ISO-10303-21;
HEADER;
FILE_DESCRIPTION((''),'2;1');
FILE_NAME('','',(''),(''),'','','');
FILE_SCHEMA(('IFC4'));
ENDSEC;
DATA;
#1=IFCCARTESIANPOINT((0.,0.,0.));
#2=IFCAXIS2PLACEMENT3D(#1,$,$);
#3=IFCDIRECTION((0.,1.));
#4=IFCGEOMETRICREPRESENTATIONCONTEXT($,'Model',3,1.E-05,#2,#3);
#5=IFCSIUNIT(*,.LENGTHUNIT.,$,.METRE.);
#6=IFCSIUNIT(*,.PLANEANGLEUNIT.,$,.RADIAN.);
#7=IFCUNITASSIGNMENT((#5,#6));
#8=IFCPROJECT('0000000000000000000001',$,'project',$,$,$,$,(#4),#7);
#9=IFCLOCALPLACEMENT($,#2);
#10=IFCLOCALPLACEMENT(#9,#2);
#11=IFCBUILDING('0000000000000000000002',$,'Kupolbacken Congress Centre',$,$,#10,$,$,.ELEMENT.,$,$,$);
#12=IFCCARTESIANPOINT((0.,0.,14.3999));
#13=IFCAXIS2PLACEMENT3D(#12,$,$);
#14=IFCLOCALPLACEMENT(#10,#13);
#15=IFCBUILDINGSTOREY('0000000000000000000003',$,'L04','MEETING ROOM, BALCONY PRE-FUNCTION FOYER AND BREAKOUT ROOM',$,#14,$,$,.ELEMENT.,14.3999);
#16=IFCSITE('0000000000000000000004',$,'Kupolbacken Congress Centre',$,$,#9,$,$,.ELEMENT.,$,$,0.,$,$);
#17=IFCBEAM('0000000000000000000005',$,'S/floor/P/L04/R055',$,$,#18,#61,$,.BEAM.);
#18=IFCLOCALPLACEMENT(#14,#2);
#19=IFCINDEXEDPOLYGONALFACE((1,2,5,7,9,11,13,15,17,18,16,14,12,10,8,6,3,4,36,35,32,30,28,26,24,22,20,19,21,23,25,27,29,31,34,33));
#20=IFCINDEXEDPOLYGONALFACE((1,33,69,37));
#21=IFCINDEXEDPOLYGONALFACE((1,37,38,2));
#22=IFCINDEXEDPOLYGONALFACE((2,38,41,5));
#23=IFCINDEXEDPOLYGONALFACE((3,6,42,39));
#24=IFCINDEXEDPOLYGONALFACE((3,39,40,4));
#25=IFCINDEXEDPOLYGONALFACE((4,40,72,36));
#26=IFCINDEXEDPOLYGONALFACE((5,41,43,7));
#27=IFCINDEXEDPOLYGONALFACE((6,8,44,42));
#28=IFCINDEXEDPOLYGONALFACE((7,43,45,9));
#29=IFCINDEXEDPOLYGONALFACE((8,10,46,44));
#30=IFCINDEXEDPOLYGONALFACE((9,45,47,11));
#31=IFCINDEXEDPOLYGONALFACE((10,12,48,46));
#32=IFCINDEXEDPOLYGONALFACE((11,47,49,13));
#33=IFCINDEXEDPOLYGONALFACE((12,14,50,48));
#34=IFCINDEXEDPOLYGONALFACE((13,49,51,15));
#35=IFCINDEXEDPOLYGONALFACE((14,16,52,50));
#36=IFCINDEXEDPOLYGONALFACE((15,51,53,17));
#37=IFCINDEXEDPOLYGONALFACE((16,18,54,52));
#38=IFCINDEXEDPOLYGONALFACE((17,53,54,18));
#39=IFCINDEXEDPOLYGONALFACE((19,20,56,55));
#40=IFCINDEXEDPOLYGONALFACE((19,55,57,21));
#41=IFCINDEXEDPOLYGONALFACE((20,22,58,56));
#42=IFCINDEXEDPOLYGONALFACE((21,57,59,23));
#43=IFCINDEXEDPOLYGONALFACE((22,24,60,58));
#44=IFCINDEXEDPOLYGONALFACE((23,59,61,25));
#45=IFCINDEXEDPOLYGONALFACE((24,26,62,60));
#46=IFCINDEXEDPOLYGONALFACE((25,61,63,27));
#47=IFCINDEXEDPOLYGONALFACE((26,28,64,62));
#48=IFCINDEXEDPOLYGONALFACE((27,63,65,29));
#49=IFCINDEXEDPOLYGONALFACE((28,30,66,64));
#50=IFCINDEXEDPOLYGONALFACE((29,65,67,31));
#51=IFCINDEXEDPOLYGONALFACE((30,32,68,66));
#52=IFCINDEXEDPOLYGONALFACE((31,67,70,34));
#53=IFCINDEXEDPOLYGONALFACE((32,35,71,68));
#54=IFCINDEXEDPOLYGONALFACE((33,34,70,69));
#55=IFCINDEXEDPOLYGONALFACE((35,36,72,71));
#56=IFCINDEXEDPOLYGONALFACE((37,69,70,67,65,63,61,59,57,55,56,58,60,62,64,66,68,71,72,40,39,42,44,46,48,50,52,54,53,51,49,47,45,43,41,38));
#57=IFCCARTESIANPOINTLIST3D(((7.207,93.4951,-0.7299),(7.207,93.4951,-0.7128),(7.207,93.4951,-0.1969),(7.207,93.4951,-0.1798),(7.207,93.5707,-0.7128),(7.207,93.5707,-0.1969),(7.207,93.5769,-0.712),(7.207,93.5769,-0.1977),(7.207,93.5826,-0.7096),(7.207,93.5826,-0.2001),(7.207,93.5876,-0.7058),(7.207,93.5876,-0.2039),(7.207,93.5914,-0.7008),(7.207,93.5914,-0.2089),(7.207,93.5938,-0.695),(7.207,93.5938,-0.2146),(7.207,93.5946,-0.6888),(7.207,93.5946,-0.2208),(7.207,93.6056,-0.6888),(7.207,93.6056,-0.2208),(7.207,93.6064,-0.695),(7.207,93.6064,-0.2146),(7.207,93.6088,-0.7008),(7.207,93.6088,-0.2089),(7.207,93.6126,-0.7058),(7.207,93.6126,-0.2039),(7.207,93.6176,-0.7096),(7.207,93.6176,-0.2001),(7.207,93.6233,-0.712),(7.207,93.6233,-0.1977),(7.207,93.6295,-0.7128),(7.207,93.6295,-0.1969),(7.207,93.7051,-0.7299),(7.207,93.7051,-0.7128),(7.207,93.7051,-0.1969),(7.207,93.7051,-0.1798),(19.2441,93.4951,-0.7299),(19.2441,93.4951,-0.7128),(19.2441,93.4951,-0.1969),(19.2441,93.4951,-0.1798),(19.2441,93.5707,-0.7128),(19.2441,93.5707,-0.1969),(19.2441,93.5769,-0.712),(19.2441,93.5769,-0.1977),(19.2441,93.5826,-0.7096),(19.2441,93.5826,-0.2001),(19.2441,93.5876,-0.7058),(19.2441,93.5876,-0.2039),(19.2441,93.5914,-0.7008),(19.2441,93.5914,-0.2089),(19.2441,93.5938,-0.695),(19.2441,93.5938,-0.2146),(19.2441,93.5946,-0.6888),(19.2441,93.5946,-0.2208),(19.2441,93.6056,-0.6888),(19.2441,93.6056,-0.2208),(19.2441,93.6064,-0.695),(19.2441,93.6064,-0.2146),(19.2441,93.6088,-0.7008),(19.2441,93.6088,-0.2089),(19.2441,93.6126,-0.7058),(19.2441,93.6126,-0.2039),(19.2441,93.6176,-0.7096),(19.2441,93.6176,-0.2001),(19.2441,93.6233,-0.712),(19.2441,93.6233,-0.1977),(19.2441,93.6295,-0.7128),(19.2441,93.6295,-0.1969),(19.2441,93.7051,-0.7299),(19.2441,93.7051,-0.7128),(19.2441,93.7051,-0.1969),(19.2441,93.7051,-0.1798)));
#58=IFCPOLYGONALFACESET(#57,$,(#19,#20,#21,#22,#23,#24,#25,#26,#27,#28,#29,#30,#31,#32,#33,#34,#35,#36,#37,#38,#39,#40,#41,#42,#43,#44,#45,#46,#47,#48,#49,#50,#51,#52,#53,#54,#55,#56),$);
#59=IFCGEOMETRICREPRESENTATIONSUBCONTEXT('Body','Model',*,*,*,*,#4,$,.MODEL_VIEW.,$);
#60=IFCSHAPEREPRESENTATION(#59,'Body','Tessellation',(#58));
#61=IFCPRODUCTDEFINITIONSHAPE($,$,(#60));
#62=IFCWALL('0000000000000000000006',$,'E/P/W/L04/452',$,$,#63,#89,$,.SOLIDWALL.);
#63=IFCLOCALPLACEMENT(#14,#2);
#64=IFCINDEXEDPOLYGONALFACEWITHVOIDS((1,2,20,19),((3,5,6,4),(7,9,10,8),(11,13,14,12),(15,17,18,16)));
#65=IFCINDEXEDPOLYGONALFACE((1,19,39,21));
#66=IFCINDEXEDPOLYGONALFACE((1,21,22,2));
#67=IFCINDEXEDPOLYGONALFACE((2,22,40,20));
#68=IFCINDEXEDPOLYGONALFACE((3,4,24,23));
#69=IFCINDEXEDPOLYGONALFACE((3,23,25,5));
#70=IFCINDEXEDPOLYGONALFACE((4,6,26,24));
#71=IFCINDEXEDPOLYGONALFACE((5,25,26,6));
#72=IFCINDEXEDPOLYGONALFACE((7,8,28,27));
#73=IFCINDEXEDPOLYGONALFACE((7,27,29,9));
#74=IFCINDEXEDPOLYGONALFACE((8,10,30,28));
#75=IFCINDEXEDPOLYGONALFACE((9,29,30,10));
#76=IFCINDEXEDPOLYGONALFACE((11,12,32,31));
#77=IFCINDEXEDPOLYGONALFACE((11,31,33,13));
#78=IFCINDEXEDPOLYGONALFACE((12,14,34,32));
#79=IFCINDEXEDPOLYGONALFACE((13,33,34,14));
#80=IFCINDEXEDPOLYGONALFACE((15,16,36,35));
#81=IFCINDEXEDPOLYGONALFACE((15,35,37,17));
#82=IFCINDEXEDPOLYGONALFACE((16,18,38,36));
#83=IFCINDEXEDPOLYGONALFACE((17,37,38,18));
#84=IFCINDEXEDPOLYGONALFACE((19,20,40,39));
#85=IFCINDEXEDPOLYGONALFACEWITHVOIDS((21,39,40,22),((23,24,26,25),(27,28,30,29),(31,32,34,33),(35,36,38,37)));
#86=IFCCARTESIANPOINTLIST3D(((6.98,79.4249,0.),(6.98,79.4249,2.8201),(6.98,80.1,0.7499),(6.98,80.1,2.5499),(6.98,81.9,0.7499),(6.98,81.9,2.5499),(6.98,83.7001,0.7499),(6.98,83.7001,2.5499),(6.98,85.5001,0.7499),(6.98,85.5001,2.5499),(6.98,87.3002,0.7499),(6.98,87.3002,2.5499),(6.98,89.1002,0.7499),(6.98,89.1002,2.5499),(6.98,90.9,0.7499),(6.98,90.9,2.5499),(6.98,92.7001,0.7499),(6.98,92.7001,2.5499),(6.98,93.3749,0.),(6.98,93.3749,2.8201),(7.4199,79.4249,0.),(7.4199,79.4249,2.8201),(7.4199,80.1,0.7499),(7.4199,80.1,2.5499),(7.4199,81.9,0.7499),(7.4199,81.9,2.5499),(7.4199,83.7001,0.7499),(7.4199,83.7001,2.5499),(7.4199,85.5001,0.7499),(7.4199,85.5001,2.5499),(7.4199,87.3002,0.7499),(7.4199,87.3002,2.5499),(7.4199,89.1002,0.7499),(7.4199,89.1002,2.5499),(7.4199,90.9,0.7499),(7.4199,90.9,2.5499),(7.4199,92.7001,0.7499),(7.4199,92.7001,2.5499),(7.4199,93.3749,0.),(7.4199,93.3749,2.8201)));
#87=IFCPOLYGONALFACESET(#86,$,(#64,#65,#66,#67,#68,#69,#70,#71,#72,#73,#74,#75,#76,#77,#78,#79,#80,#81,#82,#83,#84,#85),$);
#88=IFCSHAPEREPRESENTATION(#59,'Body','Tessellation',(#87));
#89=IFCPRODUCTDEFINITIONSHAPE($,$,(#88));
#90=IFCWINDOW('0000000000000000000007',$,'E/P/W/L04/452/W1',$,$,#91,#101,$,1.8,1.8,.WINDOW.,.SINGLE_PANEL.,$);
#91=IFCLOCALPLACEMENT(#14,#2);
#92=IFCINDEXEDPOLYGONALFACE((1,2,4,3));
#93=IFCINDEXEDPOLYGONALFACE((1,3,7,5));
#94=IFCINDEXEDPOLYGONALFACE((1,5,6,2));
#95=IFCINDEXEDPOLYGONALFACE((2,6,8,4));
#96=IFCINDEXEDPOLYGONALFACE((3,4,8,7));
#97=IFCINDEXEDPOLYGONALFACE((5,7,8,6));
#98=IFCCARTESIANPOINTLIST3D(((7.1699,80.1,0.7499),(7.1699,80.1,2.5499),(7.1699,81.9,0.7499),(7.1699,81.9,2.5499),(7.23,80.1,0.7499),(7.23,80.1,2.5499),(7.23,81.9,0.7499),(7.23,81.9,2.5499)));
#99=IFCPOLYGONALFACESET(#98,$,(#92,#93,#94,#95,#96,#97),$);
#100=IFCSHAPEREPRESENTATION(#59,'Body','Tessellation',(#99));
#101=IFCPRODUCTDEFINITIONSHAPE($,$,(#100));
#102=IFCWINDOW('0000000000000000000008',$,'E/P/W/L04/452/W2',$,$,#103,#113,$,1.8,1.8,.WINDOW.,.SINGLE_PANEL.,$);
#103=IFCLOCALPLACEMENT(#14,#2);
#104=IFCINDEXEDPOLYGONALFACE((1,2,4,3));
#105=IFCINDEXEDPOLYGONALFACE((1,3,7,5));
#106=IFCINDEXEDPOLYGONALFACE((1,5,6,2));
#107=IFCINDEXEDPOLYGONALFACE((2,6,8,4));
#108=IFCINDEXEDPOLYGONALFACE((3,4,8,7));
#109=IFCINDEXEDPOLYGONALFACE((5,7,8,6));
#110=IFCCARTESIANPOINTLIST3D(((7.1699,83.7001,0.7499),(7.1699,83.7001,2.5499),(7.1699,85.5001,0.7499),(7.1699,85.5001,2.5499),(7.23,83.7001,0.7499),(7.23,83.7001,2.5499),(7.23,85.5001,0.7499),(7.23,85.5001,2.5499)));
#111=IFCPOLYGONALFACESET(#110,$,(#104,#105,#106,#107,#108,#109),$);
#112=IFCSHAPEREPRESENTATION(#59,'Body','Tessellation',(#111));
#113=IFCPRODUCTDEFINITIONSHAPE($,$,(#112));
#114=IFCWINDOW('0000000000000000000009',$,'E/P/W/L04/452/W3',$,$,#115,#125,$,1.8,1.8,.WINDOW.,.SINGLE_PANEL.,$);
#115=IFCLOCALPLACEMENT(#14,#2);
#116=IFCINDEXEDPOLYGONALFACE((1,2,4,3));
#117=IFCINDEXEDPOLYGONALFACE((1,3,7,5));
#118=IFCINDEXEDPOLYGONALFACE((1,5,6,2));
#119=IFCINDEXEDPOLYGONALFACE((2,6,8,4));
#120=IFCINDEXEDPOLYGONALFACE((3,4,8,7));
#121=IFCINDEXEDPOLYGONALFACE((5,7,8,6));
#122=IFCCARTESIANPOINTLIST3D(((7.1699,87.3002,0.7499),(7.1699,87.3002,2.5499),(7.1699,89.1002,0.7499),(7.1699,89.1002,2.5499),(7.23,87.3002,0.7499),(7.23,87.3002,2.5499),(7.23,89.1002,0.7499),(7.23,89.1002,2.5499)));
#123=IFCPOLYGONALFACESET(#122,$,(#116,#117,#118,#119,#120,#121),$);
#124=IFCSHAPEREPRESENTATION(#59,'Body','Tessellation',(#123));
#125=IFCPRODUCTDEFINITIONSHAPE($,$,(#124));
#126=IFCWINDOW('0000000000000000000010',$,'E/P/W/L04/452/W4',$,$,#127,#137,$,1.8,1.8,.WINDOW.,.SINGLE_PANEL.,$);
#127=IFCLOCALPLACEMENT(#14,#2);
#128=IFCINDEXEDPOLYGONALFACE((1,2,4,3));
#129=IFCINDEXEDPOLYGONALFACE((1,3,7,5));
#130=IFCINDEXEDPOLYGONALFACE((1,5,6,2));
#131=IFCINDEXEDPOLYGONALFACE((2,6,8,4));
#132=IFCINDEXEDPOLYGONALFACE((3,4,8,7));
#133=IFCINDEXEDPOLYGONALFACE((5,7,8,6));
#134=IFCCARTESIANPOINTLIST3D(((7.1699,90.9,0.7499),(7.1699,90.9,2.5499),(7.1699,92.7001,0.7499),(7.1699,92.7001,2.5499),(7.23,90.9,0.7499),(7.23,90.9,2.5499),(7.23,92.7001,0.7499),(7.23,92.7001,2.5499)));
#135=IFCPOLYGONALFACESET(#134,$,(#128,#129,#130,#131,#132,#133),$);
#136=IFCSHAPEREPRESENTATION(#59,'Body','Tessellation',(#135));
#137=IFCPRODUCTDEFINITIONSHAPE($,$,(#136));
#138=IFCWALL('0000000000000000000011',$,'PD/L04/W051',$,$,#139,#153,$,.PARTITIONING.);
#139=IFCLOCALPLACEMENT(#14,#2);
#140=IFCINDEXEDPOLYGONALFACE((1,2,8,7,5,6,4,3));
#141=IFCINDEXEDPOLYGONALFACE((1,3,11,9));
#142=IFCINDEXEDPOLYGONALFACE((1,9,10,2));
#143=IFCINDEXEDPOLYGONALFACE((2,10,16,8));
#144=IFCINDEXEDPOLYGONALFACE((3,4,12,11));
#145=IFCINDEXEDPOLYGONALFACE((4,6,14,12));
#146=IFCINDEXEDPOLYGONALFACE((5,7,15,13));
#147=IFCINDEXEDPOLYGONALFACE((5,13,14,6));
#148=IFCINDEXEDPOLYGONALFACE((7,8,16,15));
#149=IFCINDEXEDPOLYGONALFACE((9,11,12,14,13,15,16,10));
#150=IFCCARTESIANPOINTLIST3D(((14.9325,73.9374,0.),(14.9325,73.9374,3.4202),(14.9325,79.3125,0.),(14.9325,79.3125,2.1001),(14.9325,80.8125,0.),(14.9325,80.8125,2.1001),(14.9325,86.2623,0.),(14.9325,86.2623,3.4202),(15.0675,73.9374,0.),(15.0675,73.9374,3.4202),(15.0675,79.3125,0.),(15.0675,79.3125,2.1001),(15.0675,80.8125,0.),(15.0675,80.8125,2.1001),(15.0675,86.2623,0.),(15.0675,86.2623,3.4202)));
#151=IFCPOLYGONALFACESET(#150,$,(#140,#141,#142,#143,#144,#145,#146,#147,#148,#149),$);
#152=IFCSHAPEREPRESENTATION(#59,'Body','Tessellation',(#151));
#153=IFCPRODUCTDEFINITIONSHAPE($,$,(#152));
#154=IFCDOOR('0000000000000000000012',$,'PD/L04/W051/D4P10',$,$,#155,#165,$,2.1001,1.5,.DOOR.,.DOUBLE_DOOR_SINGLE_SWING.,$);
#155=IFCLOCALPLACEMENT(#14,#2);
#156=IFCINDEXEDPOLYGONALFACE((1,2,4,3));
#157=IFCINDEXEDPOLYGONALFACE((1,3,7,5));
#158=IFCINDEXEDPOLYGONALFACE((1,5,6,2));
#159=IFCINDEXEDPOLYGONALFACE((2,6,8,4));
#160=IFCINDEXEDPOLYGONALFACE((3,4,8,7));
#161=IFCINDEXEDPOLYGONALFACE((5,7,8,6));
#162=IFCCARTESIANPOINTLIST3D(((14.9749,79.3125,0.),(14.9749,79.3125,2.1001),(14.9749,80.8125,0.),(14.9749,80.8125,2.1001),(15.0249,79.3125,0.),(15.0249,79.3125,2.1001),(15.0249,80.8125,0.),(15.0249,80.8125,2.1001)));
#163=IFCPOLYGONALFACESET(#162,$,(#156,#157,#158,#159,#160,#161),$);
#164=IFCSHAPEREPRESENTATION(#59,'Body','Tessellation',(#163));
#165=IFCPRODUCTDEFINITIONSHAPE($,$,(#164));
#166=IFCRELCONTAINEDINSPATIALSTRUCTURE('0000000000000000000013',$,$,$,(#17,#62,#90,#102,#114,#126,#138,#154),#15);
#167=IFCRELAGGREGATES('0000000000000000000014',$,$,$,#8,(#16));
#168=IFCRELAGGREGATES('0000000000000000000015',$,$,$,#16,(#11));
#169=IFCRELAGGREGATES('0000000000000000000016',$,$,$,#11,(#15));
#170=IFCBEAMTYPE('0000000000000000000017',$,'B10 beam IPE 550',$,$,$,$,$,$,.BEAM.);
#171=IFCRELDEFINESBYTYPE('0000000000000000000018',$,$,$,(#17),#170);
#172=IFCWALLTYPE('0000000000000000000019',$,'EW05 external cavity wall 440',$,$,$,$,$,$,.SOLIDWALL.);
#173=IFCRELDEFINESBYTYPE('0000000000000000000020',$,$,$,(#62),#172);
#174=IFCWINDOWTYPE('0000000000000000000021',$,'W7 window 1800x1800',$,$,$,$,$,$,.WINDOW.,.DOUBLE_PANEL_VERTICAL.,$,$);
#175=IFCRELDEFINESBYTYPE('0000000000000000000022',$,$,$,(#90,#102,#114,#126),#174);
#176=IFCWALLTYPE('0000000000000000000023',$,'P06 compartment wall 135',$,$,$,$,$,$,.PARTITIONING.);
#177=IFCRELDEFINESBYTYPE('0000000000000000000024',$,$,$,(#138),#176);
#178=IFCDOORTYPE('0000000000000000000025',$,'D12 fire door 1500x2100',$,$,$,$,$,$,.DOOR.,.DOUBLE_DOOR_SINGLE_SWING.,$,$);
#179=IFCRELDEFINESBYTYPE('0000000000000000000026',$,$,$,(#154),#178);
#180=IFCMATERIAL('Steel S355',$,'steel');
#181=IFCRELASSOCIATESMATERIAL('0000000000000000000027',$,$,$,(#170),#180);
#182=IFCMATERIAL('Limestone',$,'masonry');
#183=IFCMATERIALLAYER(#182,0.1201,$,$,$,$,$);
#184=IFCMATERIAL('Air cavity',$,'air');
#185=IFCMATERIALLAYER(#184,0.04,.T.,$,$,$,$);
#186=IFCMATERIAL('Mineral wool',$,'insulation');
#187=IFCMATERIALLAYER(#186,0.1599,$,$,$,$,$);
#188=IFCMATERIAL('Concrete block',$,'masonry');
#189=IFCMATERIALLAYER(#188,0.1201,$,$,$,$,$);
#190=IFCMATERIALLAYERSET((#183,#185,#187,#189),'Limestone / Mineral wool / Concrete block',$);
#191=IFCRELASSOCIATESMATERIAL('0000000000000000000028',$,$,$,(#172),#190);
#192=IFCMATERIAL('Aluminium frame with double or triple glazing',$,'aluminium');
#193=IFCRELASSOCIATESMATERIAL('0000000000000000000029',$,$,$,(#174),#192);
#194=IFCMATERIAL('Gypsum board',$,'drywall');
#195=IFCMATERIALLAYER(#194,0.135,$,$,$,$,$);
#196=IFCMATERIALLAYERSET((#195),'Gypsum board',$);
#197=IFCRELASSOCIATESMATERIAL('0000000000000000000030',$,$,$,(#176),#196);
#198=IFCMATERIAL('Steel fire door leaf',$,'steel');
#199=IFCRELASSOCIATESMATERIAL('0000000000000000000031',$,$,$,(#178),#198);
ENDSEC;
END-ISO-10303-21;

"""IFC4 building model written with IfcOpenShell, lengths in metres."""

from ifc_helpers import new_model, si_unit, direction, frame, frame_2d, origin, origin_2d, place, context, subcontext, project, spatial, rectangle, i_section, extrude, material, layer, layer_set, material_profile, profile_set, type_object, element, fill, save


model = new_model("IFC4")

# Units and contexts
model_context = context("Model", 3, precision=1e-05, world=origin(), true_north=direction((0.0, 1.0)))
body_context = subcontext(model_context, "Body", "Model", "MODEL_VIEW")
ifc_project = project(units=[si_unit("LENGTHUNIT", "METRE"), si_unit("PLANEANGLEUNIT", "RADIAN")], contexts=[model_context])

# Site, building, storey
site_placement = place(None, origin())
site = spatial("IfcSite", under=ifc_project, at=site_placement, Name="Kupolbacken Congress Centre", CompositionType="ELEMENT", RefElevation=0.0)
building_placement = place(site_placement, origin())
building = spatial("IfcBuilding", under=site, at=building_placement, Name="Kupolbacken Congress Centre", CompositionType="ELEMENT")
storey_placement = place(building_placement, frame((0.0, 0.0, 14.3999)))
storey = spatial("IfcBuildingStorey", under=building, at=storey_placement, Name="L04", Description="MEETING ROOM, BALCONY PRE-FUNCTION FOYER AND BREAKOUT ROOM", CompositionType="ELEMENT", Elevation=14.3999)

# Beam
ifc_material_1 = material(Name="Steel S355", Category="steel")
ifc_material_profile_1 = material_profile(ifc_material_1, i_section(OverallWidth=0.21, OverallDepth=0.55, WebThickness=0.011, FlangeThickness=0.0171, FilletRadius=0.0239, at=origin_2d()), Name="IPE 550")
ifc_profile_set_1 = profile_set([ifc_material_profile_1], Name="Steel S355")
beam_type_1 = type_object("IfcBeamType", Name="B10 beam IPE 550", PredefinedType="BEAM", material=ifc_profile_set_1)
beam_1_placement = place(storey_placement, frame((7.207, 93.6001, -0.4548), z_axis=(1.0, 0.0, 0.0), x_axis=(0.0, 1.0, 0.0)))
element("IfcBeam", 1, at=beam_1_placement, inside=storey, type_object=beam_type_1, Name="S/floor/P/L04/R055", PredefinedType="BEAM", context=body_context, shape_type="SweptSolid", body=[
    extrude(i_section(OverallWidth=0.21, OverallDepth=0.55, WebThickness=0.011, FlangeThickness=0.0171, FilletRadius=0.0239, at=origin_2d()), origin(), (0.0, 0.0, 1.0), 12.0371),
])

# Wall, openings, windows
ifc_material_2 = material(Name="Limestone", Category="masonry")
ifc_layer_1 = layer(ifc_material_2, 0.1201)
ifc_material_3 = material(Name="Air cavity", Category="air")
ifc_layer_2 = layer(ifc_material_3, 0.04, ventilated=True)
ifc_material_4 = material(Name="Mineral wool", Category="insulation")
ifc_layer_3 = layer(ifc_material_4, 0.1599)
ifc_material_5 = material(Name="Concrete block", Category="masonry")
ifc_layer_4 = layer(ifc_material_5, 0.1201)
ifc_layer_set_1 = layer_set([ifc_layer_1, ifc_layer_2, ifc_layer_3, ifc_layer_4], Name="Limestone / Mineral wool / Concrete block")
wall_type_1 = type_object("IfcWallType", Name="EW05 external cavity wall 440", PredefinedType="SOLIDWALL", material=ifc_layer_set_1)
wall_1_placement = place(storey_placement, frame((7.2, 93.375, 0.0), z_axis=(0.0, 0.0, 1.0), x_axis=(0.0, -1.0, 0.0)))
wall_1 = element("IfcWall", 2, at=wall_1_placement, inside=storey, type_object=wall_type_1, Name="E/P/W/L04/452", PredefinedType="SOLIDWALL", context=body_context, shape_type="SweptSolid", body=[
    extrude(rectangle(XDim=13.95, YDim=0.4399, at=frame_2d((6.9751, 0.0))), origin(), (0.0, 0.0, 1.0), 2.8201),
])
opening_1_placement = place(wall_1_placement, frame((11.4751, 0.0, 0.75)))
opening_1 = element("IfcOpeningElement", 3, at=opening_1_placement, cuts=wall_1, PredefinedType="OPENING", context=body_context, shape_type="SweptSolid", body=[
    extrude(rectangle(XDim=1.8, YDim=1.8, at=frame_2d((0.8999, 0.8999))), frame((0.0, 0.23, 0.0), z_axis=(0.0, -1.0, 0.0), x_axis=(1.0, 0.0, 0.0)), (0.0, 0.0, 1.0), 0.46),
])
opening_2_placement = place(wall_1_placement, frame((7.875, 0.0, 0.75)))
opening_2 = element("IfcOpeningElement", 4, at=opening_2_placement, cuts=wall_1, PredefinedType="OPENING", context=body_context, shape_type="SweptSolid", body=[
    extrude(rectangle(XDim=1.8, YDim=1.8, at=frame_2d((0.8999, 0.8999))), frame((0.0, 0.23, 0.0), z_axis=(0.0, -1.0, 0.0), x_axis=(1.0, 0.0, 0.0)), (0.0, 0.0, 1.0), 0.46),
])
opening_3_placement = place(wall_1_placement, frame((4.2749, 0.0, 0.75)))
opening_3 = element("IfcOpeningElement", 5, at=opening_3_placement, cuts=wall_1, PredefinedType="OPENING", context=body_context, shape_type="SweptSolid", body=[
    extrude(rectangle(XDim=1.8, YDim=1.8, at=frame_2d((0.8999, 0.8999))), frame((0.0, 0.23, 0.0), z_axis=(0.0, -1.0, 0.0), x_axis=(1.0, 0.0, 0.0)), (0.0, 0.0, 1.0), 0.46),
])
opening_4_placement = place(wall_1_placement, frame((0.675, 0.0, 0.75)))
opening_4 = element("IfcOpeningElement", 6, at=opening_4_placement, cuts=wall_1, PredefinedType="OPENING", context=body_context, shape_type="SweptSolid", body=[
    extrude(rectangle(XDim=1.8, YDim=1.8, at=frame_2d((0.8999, 0.8999))), frame((0.0, 0.23, 0.0), z_axis=(0.0, -1.0, 0.0), x_axis=(1.0, 0.0, 0.0)), (0.0, 0.0, 1.0), 0.46),
])
ifc_material_6 = material(Name="Aluminium frame with double or triple glazing", Category="aluminium")
window_type = type_object("IfcWindowType", Name="W7 window 1800x1800", PartitioningType="DOUBLE_PANEL_VERTICAL", PredefinedType="WINDOW", material=ifc_material_6)
window_1_placement = place(opening_1_placement, origin())
window_1 = element("IfcWindow", 7, at=window_1_placement, inside=storey, type_object=window_type, Name="E/P/W/L04/452/W1", OverallHeight=1.8, OverallWidth=1.8, PartitioningType="SINGLE_PANEL", PredefinedType="WINDOW", context=body_context, shape_type="SweptSolid", body=[
    extrude(rectangle(XDim=1.8, YDim=1.8, at=frame_2d((0.8999, 0.8999))), frame((0.0, 0.03, 0.0), z_axis=(0.0, -1.0, 0.0), x_axis=(1.0, 0.0, 0.0)), (0.0, 0.0, 1.0), 0.0601),
])
fill(opening_1, window_1)
window_2_placement = place(opening_2_placement, origin())
window_2 = element("IfcWindow", 8, at=window_2_placement, inside=storey, type_object=window_type, Name="E/P/W/L04/452/W2", OverallHeight=1.8, OverallWidth=1.8, PartitioningType="SINGLE_PANEL", PredefinedType="WINDOW", context=body_context, shape_type="SweptSolid", body=[
    extrude(rectangle(XDim=1.8, YDim=1.8, at=frame_2d((0.8999, 0.8999))), frame((0.0, 0.03, 0.0), z_axis=(0.0, -1.0, 0.0), x_axis=(1.0, 0.0, 0.0)), (0.0, 0.0, 1.0), 0.0601),
])
fill(opening_2, window_2)
window_3_placement = place(opening_3_placement, origin())
window_3 = element("IfcWindow", 9, at=window_3_placement, inside=storey, type_object=window_type, Name="E/P/W/L04/452/W3", OverallHeight=1.8, OverallWidth=1.8, PartitioningType="SINGLE_PANEL", PredefinedType="WINDOW", context=body_context, shape_type="SweptSolid", body=[
    extrude(rectangle(XDim=1.8, YDim=1.8, at=frame_2d((0.8999, 0.8999))), frame((0.0, 0.03, 0.0), z_axis=(0.0, -1.0, 0.0), x_axis=(1.0, 0.0, 0.0)), (0.0, 0.0, 1.0), 0.0601),
])
fill(opening_3, window_3)
window_4_placement = place(opening_4_placement, origin())
window_4 = element("IfcWindow", 10, at=window_4_placement, inside=storey, type_object=window_type, Name="E/P/W/L04/452/W4", OverallHeight=1.8, OverallWidth=1.8, PartitioningType="SINGLE_PANEL", PredefinedType="WINDOW", context=body_context, shape_type="SweptSolid", body=[
    extrude(rectangle(XDim=1.8, YDim=1.8, at=frame_2d((0.8999, 0.8999))), frame((0.0, 0.03, 0.0), z_axis=(0.0, -1.0, 0.0), x_axis=(1.0, 0.0, 0.0)), (0.0, 0.0, 1.0), 0.0601),
])
fill(opening_4, window_4)

# Wall, opening, door
ifc_material_7 = material(Name="Gypsum board", Category="drywall")
ifc_layer_5 = layer(ifc_material_7, 0.135)
ifc_layer_set_2 = layer_set([ifc_layer_5], Name="Gypsum board")
wall_type_2 = type_object("IfcWallType", Name="P06 compartment wall 135", PredefinedType="PARTITIONING", material=ifc_layer_set_2)
wall_2_placement = place(storey_placement, frame((15.0, 86.2625, 0.0), z_axis=(0.0, 0.0, 1.0), x_axis=(0.0, -1.0, 0.0)))
wall_2 = element("IfcWall", 11, at=wall_2_placement, inside=storey, type_object=wall_type_2, Name="PD/L04/W051", PredefinedType="PARTITIONING", context=body_context, shape_type="SweptSolid", body=[
    extrude(rectangle(XDim=12.325, YDim=0.135, at=frame_2d((6.1626, 0.0))), origin(), (0.0, 0.0, 1.0), 3.4202),
])
opening_5_placement = place(wall_2_placement, frame((5.45, 0.0, 0.0)))
opening_5 = element("IfcOpeningElement", 12, at=opening_5_placement, cuts=wall_2, PredefinedType="OPENING", context=body_context, shape_type="SweptSolid", body=[
    extrude(rectangle(XDim=1.5, YDim=2.1001, at=frame_2d((0.75, 1.05))), frame((0.0, 0.0774, 0.0), z_axis=(0.0, -1.0, 0.0), x_axis=(1.0, 0.0, 0.0)), (0.0, 0.0, 1.0), 0.155),
])
ifc_material_8 = material(Name="Steel fire door leaf", Category="steel")
door_type = type_object("IfcDoorType", Name="D12 fire door 1500x2100", OperationType="DOUBLE_DOOR_SINGLE_SWING", PredefinedType="DOOR", material=ifc_material_8)
door_placement = place(opening_5_placement, origin())
door = element("IfcDoor", 13, at=door_placement, inside=storey, type_object=door_type, Name="PD/L04/W051/D4P10", OperationType="DOUBLE_DOOR_SINGLE_SWING", OverallHeight=2.1001, OverallWidth=1.5, PredefinedType="DOOR", context=body_context, shape_type="SweptSolid", body=[
    extrude(rectangle(XDim=1.5, YDim=2.1001, at=frame_2d((0.75, 1.05))), frame((0.0, 0.0249, 0.0), z_axis=(0.0, -1.0, 0.0), x_axis=(1.0, 0.0, 0.0)), (0.0, 0.0, 1.0), 0.05),
])
fill(opening_5, door)

save(model, "model.ifc")
